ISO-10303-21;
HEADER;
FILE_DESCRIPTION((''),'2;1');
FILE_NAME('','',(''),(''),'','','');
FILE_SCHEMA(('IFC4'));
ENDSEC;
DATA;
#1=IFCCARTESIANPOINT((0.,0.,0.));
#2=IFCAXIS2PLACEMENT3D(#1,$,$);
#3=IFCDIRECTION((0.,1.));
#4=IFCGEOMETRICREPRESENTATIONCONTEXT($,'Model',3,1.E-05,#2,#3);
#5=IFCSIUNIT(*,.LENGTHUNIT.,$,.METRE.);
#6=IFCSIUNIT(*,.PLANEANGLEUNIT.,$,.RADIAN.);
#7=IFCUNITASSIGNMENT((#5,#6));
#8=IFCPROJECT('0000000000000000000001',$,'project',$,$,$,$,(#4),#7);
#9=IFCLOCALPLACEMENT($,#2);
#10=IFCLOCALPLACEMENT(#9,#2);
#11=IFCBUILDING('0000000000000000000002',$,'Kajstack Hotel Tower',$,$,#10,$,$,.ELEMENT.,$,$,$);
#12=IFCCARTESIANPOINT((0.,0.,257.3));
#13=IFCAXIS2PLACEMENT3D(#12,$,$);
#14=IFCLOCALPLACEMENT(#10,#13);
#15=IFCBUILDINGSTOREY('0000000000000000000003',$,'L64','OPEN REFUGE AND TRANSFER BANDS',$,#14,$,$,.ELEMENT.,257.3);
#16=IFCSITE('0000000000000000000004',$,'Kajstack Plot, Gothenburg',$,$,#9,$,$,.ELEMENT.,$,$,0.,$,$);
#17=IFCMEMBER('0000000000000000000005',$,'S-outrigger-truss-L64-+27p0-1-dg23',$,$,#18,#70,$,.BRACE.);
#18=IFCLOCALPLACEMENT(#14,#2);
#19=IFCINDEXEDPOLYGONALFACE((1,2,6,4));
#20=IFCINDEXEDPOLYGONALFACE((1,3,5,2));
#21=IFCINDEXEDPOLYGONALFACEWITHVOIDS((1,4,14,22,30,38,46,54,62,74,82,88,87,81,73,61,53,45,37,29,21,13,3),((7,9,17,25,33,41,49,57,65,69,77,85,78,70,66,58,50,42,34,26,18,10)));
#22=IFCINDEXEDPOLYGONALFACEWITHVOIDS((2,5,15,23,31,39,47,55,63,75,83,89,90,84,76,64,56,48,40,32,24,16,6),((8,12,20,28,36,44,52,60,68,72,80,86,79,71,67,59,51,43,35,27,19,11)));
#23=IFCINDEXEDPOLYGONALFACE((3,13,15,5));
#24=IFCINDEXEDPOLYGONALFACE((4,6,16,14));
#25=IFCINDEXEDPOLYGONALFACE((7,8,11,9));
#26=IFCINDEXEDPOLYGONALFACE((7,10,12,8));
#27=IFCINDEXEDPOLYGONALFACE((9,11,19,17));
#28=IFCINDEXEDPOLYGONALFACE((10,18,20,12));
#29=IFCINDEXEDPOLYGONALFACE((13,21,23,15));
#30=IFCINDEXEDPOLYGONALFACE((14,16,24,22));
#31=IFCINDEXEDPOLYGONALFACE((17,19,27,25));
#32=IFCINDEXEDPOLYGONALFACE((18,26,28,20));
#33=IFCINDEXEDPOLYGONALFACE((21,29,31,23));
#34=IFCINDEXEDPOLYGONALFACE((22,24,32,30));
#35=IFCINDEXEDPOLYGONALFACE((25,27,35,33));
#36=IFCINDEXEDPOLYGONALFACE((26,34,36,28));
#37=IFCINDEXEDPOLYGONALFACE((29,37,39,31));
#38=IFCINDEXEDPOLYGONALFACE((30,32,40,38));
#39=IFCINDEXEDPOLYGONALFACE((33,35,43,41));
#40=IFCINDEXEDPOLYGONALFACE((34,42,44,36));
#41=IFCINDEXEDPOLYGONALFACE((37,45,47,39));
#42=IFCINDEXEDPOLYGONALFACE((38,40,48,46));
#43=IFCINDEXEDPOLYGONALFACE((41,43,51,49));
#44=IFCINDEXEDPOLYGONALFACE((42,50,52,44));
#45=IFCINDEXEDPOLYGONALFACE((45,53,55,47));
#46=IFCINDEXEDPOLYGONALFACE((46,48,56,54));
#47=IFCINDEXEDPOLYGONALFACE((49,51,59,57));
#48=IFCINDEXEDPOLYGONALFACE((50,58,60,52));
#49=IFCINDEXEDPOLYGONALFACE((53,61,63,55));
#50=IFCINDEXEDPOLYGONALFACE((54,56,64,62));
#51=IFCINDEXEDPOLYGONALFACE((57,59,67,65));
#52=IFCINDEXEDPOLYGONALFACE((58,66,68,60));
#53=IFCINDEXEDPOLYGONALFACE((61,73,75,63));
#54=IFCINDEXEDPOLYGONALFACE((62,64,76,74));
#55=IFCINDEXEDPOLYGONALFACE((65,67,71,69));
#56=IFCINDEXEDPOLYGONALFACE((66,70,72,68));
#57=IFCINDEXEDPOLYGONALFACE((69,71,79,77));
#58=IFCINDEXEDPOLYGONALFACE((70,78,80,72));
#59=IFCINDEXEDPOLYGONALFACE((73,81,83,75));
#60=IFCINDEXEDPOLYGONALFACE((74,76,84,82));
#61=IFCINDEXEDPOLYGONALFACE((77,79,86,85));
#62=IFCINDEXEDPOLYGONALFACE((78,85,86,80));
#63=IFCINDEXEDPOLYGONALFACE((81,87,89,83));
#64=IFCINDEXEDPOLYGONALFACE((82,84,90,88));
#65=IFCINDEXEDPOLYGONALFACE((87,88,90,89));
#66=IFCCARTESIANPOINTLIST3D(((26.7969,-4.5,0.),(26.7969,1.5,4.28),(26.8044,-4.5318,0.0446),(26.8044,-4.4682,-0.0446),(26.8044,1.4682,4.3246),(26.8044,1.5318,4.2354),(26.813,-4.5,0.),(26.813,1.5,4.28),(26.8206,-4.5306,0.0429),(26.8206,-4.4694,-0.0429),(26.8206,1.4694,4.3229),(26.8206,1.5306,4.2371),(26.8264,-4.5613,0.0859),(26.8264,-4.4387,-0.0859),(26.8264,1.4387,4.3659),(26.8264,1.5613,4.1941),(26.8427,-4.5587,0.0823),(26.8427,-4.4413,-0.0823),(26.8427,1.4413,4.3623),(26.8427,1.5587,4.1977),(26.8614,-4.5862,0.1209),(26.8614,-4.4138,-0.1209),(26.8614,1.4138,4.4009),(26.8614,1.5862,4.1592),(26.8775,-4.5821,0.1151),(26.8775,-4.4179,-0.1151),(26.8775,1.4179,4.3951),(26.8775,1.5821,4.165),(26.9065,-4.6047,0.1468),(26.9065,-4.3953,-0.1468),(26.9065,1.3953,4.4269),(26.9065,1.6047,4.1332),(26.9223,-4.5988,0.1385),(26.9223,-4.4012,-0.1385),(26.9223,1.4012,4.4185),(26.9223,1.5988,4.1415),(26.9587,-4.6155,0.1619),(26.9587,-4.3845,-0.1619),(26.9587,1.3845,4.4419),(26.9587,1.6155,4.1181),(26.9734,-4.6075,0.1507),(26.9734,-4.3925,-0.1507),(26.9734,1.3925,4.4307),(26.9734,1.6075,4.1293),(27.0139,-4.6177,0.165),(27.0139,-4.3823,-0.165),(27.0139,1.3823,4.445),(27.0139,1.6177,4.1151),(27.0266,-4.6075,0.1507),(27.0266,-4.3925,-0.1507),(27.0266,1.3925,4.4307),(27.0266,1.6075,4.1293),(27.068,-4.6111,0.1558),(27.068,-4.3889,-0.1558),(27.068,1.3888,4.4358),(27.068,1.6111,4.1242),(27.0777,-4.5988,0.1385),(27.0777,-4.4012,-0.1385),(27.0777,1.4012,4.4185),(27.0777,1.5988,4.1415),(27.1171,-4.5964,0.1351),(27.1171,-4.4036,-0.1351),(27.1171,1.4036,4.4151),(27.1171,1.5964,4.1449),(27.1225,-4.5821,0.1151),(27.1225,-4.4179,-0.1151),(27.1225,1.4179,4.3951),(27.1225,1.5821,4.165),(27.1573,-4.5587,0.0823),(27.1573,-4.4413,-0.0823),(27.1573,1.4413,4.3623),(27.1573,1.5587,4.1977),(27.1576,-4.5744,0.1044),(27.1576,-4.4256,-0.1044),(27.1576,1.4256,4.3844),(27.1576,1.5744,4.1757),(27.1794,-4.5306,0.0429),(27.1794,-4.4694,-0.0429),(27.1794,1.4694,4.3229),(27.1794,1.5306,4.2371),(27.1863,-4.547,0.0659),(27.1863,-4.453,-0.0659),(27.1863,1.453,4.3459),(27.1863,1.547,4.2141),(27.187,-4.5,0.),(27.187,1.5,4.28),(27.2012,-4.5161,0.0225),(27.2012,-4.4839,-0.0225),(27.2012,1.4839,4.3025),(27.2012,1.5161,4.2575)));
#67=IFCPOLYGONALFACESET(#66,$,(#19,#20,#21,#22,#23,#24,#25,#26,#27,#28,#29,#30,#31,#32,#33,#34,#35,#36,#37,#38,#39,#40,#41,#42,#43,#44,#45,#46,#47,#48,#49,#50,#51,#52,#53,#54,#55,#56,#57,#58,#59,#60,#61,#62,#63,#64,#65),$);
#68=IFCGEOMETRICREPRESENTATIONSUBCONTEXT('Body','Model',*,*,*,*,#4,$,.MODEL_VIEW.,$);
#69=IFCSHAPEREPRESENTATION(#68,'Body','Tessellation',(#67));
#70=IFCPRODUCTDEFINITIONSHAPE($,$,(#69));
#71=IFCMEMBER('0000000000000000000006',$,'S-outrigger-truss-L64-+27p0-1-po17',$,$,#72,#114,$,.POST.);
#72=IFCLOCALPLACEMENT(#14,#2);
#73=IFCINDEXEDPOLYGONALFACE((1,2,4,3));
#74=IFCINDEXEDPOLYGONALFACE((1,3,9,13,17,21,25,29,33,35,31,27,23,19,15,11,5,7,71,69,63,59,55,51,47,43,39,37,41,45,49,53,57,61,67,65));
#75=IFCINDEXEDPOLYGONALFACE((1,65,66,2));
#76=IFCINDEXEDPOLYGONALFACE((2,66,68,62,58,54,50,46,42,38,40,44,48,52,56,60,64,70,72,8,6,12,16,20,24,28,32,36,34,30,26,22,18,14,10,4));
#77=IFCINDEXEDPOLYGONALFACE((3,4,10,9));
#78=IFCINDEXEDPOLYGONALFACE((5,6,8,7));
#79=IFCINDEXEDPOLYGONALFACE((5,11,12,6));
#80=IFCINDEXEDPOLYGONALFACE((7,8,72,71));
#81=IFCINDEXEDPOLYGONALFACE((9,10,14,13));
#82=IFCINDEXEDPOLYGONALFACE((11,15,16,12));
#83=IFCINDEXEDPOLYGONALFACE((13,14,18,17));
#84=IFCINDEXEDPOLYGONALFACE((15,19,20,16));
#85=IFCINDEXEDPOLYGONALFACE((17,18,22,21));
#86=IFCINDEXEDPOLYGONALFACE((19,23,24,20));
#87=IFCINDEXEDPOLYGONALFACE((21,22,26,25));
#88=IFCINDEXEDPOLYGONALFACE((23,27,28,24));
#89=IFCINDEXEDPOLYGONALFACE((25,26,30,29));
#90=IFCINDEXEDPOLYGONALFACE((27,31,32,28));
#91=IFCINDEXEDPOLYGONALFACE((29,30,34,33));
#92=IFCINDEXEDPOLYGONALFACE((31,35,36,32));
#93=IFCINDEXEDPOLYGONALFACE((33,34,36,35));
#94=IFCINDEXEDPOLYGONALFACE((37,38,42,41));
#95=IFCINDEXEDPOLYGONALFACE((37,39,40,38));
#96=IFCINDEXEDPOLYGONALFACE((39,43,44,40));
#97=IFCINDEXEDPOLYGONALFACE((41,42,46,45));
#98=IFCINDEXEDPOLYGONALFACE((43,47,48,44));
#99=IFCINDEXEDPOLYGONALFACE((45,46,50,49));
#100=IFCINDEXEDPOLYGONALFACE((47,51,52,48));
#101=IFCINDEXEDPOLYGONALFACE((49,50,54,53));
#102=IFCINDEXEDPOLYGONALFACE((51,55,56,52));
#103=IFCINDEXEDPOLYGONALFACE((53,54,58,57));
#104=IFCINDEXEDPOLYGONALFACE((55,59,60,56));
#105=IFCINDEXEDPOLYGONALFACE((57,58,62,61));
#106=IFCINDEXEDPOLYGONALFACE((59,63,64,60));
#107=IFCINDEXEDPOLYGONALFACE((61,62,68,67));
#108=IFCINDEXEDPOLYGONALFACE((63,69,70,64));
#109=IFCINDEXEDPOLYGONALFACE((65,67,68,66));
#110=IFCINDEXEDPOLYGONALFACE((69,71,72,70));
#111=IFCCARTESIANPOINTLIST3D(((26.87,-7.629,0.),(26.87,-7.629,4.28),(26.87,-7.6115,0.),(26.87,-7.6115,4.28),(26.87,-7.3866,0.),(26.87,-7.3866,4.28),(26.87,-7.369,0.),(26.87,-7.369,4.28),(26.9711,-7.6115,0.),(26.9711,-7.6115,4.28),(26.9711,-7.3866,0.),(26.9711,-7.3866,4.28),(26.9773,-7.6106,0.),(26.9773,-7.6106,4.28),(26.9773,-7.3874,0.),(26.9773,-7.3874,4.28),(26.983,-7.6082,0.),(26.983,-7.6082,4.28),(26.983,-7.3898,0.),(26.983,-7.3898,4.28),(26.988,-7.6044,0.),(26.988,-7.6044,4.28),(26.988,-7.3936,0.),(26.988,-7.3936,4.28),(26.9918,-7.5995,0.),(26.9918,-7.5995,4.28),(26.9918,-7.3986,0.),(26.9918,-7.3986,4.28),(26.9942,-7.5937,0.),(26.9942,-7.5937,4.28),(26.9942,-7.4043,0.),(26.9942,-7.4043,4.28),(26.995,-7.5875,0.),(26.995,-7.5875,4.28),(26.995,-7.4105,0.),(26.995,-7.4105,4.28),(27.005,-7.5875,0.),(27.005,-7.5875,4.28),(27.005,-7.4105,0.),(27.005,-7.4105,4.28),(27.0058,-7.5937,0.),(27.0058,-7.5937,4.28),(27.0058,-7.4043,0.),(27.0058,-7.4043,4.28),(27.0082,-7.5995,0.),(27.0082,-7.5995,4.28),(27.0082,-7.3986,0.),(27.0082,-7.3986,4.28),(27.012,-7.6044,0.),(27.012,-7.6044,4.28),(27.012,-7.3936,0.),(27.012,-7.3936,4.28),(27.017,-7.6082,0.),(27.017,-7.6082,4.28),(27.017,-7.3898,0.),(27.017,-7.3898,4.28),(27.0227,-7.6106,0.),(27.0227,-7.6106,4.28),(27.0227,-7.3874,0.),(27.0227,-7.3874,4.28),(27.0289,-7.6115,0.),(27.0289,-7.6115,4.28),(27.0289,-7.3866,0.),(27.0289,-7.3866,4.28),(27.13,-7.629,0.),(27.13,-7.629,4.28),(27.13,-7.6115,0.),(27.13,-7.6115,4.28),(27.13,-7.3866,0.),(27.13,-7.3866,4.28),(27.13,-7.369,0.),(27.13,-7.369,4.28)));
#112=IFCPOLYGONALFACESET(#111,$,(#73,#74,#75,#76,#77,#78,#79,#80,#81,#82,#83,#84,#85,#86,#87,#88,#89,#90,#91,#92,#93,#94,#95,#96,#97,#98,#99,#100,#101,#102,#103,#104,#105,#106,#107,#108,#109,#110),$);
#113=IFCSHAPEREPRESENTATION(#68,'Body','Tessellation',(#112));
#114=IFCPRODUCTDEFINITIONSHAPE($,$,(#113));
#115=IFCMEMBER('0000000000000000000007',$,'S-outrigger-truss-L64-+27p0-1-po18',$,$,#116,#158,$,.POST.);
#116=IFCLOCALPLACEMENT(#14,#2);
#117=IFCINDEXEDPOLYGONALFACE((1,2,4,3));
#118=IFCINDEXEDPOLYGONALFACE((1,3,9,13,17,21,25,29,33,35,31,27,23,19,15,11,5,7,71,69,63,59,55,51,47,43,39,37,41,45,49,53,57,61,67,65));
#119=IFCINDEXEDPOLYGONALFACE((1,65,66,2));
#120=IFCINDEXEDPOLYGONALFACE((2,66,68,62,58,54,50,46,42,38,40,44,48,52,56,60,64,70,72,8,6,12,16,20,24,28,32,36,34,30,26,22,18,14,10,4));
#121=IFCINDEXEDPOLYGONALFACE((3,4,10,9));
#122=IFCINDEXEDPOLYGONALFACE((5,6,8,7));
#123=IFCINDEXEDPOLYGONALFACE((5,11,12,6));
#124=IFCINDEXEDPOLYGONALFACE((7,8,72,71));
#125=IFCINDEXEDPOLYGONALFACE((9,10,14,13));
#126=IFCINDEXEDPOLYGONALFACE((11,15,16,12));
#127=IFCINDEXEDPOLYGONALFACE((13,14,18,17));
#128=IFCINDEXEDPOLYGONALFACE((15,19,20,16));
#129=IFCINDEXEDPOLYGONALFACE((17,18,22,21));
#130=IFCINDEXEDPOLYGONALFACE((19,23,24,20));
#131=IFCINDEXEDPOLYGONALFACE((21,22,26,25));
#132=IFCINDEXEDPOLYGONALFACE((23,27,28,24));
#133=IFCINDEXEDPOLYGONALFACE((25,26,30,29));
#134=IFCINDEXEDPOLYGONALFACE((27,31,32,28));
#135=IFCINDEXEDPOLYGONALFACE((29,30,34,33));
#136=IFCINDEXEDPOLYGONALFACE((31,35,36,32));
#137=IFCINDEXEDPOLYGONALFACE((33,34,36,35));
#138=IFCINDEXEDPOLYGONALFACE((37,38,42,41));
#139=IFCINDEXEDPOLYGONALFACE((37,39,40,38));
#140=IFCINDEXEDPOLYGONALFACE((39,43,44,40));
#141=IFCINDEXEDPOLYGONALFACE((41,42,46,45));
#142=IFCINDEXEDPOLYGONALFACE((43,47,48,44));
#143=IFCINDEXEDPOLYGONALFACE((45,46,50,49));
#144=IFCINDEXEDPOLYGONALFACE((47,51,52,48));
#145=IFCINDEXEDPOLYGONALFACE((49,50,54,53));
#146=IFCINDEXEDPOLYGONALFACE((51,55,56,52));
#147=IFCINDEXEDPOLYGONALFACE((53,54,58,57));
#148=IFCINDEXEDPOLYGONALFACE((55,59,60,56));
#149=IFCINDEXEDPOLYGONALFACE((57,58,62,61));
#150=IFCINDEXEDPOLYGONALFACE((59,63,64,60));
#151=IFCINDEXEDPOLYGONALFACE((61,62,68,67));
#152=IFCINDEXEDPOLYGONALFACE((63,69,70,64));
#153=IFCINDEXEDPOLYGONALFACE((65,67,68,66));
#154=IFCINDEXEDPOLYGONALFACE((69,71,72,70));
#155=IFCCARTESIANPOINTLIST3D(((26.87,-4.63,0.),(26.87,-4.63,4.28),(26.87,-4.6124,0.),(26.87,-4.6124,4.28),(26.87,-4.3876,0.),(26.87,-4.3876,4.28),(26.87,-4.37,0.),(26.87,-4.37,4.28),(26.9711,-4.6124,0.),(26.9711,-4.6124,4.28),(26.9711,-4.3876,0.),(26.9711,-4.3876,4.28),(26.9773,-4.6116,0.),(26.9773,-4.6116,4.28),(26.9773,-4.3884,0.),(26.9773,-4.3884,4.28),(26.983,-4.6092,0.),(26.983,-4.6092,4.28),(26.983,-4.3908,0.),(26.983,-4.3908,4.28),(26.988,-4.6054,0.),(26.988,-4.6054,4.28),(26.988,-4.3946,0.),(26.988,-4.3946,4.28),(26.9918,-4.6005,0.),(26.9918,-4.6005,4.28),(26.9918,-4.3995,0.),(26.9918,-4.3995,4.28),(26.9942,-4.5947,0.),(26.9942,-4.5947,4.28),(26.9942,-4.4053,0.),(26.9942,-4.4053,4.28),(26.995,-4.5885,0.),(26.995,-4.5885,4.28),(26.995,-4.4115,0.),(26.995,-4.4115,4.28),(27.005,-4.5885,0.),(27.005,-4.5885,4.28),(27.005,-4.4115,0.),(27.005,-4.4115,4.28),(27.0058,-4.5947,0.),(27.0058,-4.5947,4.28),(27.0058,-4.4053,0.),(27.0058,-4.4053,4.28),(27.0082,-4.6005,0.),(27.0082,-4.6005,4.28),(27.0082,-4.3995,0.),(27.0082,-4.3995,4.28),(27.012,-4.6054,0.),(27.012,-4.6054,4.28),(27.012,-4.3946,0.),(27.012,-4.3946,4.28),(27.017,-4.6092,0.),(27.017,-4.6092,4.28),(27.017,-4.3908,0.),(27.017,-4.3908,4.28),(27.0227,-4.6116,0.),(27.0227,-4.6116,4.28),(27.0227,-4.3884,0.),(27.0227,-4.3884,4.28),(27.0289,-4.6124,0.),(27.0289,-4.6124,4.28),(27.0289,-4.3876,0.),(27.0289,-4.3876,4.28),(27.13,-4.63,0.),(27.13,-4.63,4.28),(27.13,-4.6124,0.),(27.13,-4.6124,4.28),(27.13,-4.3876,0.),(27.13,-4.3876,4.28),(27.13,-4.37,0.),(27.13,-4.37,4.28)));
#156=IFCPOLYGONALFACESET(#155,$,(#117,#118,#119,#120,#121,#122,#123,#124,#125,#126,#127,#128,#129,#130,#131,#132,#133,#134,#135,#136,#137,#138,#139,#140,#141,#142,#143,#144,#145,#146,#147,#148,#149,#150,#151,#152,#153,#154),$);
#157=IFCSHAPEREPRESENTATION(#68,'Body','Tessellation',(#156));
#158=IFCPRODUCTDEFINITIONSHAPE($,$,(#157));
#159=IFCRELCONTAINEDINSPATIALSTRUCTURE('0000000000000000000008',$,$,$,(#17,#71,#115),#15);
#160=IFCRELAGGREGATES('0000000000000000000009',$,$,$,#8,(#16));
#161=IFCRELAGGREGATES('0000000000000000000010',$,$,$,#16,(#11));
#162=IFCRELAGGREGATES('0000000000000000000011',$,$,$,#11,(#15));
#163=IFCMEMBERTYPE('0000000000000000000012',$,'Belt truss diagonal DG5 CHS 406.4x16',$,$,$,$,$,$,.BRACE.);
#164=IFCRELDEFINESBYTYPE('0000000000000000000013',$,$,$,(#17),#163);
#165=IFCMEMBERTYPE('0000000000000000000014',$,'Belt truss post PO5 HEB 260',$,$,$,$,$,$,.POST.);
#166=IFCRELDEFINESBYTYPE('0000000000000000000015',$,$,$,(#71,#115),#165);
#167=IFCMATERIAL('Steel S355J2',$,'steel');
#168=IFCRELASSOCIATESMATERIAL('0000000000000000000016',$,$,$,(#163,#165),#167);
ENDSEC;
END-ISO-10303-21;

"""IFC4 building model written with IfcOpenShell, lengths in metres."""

from ifc_helpers import new_model, si_unit, direction, frame, origin, origin_2d, place, context, subcontext, project, spatial, hollow_circle, i_section, extrude, material, material_profile, profile_set, type_object, element, save


model = new_model("IFC4")

# Units and contexts
model_context = context("Model", 3, precision=1e-05, world=origin(), true_north=direction((0.0, 1.0)))
body_context = subcontext(model_context, "Body", "Model", "MODEL_VIEW")
ifc_project = project(units=[si_unit("LENGTHUNIT", "METRE"), si_unit("PLANEANGLEUNIT", "RADIAN")], contexts=[model_context])

# Site, building, storey
site_placement = place(None, origin())
site = spatial("IfcSite", under=ifc_project, at=site_placement, Name="Kajstack Plot, Gothenburg", CompositionType="ELEMENT", RefElevation=0.0)
building_placement = place(site_placement, origin())
building = spatial("IfcBuilding", under=site, at=building_placement, Name="Kajstack Hotel Tower", CompositionType="ELEMENT")
storey_placement = place(building_placement, frame((0.0, 0.0, 257.3)))
storey = spatial("IfcBuildingStorey", under=building, at=storey_placement, Name="L64", Description="OPEN REFUGE AND TRANSFER BANDS", CompositionType="ELEMENT", Elevation=257.3)

# Members
ifc_material_1 = material(Name="Steel S355J2", Category="steel")
ifc_material_profile_1 = material_profile(ifc_material_1, hollow_circle(Radius=0.2031, WallThickness=0.0161, at=origin_2d()), Name="CHS 406.4x16")
ifc_profile_set_1 = profile_set([ifc_material_profile_1], Name="Steel S355J2")
member_type_1 = type_object("IfcMemberType", Name="Belt truss diagonal DG5 CHS 406.4x16", PredefinedType="BRACE", material=ifc_profile_set_1)
member_1_placement = place(storey_placement, frame((27.0, -4.5, 0.0), z_axis=(0.0, 0.814098, 0.580727), x_axis=(-1.0, 0.0, 0.0)))
element("IfcMember", 1, at=member_1_placement, inside=storey, type_object=member_type_1, Name="S-outrigger-truss-L64-+27p0-1-dg23", PredefinedType="BRACE", context=body_context, shape_type="SweptSolid", body=[
    extrude(hollow_circle(Radius=0.2031, WallThickness=0.0161, at=origin_2d()), origin(), (0.0, 0.0, 1.0), 7.3701),
])
ifc_material_profile_2 = material_profile(ifc_material_1, i_section(OverallWidth=0.26, OverallDepth=0.26, WebThickness=0.01, FlangeThickness=0.0176, FilletRadius=0.0239, at=origin_2d()), Name="HEB 260")
ifc_profile_set_2 = profile_set([ifc_material_profile_2], Name="Steel S355J2")
member_type_2 = type_object("IfcMemberType", Name="Belt truss post PO5 HEB 260", PredefinedType="POST", material=ifc_profile_set_2)
for number, where, z_axis, x_axis, name in (
    (2, (27.0, -7.499, 0.0), (0.0, 0.0, 1.0), (1.0, 0.0, 0.0), "S-outrigger-truss-L64-+27p0-1-po17"),
    (3, (27.0, -4.5, 0.0), (0.0, 0.0, 1.0), (1.0, 0.0, 0.0), "S-outrigger-truss-L64-+27p0-1-po18"),
):
    element("IfcMember", number, at=place(storey_placement, frame(where, z_axis=z_axis, x_axis=x_axis)), inside=storey, type_object=member_type_2, Name=name, PredefinedType="POST", context=body_context, shape_type="SweptSolid", body=[
        extrude(i_section(OverallWidth=0.26, OverallDepth=0.26, WebThickness=0.01, FlangeThickness=0.0176, FilletRadius=0.0239, at=origin_2d()), origin(), (0.0, 0.0, 1.0), 4.28),
    ])

save(model, "model.ifc")
